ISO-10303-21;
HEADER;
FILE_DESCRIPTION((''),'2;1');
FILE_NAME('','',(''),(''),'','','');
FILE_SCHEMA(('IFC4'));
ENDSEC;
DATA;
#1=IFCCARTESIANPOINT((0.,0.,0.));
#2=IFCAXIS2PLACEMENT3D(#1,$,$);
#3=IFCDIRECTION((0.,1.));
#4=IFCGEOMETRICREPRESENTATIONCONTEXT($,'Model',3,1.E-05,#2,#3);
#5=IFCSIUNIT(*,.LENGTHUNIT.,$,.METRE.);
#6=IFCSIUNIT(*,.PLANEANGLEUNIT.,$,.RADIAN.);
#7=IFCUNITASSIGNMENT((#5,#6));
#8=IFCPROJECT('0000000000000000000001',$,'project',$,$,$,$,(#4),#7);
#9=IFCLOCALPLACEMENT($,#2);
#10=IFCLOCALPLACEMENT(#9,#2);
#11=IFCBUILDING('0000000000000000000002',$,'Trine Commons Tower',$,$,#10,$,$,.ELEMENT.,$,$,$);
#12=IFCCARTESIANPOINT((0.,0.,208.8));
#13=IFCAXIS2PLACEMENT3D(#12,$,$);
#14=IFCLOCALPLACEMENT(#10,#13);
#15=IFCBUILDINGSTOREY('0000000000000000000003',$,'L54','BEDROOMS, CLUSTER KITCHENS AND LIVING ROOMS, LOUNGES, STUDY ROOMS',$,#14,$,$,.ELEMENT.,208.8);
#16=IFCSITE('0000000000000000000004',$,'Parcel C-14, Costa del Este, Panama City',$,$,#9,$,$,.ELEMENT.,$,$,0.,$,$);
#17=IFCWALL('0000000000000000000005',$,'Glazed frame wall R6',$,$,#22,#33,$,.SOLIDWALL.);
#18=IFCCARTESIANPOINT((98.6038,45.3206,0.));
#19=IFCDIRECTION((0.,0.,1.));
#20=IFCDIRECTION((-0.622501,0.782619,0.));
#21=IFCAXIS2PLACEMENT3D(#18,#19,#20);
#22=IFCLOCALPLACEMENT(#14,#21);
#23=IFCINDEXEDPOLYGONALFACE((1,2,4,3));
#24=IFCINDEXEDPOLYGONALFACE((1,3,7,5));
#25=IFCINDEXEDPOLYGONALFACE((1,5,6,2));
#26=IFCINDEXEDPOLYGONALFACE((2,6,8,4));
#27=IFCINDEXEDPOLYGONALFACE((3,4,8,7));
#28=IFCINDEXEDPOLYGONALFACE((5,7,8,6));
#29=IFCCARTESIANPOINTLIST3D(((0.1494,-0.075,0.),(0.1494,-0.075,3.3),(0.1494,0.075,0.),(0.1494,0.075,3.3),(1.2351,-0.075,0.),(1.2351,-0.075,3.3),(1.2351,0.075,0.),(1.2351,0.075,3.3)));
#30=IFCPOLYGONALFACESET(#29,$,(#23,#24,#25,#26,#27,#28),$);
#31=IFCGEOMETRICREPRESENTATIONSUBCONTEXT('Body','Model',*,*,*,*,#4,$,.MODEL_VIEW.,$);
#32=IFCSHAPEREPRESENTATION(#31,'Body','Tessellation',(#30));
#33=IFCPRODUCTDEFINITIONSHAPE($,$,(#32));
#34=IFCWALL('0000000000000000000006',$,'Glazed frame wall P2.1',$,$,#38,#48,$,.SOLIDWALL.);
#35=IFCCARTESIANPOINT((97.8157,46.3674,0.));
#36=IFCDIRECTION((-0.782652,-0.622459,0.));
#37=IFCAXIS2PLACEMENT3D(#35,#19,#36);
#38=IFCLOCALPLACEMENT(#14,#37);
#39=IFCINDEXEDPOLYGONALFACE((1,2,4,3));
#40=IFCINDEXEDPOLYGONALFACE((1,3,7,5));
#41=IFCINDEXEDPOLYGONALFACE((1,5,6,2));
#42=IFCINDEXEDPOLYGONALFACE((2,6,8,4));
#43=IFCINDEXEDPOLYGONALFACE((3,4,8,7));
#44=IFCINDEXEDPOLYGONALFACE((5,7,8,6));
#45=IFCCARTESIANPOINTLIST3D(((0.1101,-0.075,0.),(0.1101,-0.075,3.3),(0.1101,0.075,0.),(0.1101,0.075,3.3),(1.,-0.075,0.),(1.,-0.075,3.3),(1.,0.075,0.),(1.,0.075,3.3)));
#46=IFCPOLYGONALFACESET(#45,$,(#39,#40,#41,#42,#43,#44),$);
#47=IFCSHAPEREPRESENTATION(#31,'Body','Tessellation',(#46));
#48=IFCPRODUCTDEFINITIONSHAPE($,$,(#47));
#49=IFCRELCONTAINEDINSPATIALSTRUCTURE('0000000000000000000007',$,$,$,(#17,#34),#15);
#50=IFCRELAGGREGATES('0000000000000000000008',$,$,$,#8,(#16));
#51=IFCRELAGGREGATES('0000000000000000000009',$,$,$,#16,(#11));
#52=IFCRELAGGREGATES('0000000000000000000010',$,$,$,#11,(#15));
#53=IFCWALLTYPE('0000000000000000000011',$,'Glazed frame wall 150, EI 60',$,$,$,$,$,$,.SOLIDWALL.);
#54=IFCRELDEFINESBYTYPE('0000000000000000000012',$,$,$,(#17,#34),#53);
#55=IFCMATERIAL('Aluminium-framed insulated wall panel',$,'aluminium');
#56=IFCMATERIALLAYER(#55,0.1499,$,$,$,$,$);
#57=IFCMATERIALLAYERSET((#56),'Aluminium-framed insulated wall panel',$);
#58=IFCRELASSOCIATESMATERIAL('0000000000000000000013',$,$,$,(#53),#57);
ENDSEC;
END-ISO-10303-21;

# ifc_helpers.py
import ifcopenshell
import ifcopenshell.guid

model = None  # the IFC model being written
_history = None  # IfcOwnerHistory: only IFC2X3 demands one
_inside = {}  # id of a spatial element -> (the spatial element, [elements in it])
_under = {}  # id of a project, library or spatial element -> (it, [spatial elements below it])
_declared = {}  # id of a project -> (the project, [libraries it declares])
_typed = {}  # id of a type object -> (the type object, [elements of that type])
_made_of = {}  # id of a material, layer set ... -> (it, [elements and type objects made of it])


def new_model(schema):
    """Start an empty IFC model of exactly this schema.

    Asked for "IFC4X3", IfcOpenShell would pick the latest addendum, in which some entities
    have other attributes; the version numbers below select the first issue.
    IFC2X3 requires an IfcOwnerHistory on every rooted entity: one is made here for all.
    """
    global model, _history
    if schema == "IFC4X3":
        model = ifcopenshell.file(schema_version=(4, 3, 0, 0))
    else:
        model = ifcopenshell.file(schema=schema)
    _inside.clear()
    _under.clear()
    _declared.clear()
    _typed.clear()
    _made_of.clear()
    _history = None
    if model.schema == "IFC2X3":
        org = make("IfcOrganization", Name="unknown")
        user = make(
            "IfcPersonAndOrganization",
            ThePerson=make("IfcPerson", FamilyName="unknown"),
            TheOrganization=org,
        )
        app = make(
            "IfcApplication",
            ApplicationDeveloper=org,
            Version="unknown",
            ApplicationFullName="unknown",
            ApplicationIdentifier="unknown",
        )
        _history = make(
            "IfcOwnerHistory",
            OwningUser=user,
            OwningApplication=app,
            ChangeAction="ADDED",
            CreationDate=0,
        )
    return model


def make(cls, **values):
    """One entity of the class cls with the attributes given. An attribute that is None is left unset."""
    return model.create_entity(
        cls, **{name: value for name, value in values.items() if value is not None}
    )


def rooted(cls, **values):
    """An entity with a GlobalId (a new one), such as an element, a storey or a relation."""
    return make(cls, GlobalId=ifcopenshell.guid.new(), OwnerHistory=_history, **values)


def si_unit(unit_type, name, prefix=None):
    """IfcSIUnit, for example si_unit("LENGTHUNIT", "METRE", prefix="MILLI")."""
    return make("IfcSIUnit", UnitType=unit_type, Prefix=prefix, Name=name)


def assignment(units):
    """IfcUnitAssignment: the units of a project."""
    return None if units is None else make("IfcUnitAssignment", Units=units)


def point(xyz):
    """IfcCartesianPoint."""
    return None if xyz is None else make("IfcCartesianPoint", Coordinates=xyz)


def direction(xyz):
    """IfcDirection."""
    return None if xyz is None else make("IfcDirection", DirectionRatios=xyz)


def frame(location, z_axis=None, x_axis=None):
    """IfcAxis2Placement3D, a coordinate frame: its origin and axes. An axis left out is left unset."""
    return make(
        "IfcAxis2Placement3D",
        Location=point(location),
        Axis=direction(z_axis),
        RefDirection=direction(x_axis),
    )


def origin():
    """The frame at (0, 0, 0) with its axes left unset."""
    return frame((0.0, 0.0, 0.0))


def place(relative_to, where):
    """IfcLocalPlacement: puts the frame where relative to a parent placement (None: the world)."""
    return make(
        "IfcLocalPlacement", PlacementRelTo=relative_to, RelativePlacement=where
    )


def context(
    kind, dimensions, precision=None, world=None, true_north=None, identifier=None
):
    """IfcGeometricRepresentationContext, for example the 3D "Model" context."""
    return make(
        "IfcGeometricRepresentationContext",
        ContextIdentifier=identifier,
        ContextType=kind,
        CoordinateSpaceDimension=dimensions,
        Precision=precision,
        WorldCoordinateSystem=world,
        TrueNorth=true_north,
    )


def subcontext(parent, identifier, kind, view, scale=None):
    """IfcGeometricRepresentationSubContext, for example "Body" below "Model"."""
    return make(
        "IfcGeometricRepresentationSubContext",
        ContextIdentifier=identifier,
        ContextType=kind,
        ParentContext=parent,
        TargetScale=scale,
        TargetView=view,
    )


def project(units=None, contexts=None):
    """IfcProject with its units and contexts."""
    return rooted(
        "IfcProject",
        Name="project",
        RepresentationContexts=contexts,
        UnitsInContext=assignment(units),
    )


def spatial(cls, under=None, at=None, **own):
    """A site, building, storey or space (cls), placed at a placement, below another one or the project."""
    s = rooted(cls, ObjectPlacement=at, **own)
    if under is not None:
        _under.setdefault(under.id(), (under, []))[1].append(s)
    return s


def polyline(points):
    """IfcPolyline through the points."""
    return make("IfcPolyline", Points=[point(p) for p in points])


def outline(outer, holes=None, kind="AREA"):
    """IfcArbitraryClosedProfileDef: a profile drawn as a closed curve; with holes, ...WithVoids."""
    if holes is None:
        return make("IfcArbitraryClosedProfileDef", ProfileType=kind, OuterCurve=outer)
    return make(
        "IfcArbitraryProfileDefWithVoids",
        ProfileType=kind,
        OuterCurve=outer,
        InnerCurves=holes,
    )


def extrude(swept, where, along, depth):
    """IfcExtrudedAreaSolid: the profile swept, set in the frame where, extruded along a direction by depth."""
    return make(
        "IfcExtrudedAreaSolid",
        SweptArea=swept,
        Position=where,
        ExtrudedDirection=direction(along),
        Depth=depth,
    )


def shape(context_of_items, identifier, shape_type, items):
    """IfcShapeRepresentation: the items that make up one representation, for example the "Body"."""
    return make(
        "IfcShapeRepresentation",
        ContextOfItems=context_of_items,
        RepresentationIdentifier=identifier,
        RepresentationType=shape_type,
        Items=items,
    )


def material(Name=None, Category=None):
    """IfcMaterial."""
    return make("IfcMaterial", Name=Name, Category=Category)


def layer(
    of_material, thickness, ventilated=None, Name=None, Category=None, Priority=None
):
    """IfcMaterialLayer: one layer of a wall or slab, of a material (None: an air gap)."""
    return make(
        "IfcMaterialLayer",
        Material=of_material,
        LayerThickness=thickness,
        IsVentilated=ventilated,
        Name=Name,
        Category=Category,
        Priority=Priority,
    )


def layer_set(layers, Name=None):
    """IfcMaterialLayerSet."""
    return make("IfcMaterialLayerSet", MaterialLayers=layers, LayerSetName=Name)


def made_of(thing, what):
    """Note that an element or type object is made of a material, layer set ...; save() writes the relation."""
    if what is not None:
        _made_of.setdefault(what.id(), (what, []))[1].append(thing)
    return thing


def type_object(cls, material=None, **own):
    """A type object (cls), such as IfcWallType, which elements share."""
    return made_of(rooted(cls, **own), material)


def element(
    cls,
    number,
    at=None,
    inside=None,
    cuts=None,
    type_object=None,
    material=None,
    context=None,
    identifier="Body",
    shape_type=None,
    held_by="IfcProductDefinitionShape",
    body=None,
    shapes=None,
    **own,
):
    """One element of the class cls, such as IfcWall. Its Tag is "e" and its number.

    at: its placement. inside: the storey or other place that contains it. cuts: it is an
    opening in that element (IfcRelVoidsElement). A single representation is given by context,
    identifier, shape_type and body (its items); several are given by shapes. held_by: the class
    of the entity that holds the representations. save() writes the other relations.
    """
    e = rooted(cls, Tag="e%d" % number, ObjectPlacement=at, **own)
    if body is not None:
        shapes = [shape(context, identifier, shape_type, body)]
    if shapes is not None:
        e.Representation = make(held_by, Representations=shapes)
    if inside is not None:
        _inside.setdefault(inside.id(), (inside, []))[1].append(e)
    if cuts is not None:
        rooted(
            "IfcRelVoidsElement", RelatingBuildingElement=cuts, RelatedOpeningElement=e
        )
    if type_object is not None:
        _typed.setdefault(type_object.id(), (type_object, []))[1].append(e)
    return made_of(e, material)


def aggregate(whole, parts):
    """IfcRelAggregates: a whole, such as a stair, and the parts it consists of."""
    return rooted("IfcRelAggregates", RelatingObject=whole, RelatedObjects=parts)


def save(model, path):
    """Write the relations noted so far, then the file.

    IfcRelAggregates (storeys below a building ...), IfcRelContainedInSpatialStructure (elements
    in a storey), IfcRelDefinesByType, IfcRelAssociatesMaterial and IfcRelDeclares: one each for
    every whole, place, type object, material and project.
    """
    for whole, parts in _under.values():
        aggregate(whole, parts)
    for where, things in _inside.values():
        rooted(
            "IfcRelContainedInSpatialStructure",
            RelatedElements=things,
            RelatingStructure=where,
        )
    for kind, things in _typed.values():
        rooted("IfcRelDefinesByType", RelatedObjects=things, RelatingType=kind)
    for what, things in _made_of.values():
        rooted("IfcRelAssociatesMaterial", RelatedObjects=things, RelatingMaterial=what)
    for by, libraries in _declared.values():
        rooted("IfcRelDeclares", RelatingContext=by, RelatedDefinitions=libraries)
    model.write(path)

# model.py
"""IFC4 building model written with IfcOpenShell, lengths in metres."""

from ifc_helpers import new_model, si_unit, direction, frame, origin, place, context, subcontext, project, spatial, polyline, outline, extrude, material, layer, layer_set, type_object, element, save


model = new_model("IFC4")

# Units and contexts
model_context = context("Model", 3, precision=1e-05, world=origin(), true_north=direction((0.0, 1.0)))
body_context = subcontext(model_context, "Body", "Model", "MODEL_VIEW")
ifc_project = project(units=[si_unit("LENGTHUNIT", "METRE"), si_unit("PLANEANGLEUNIT", "RADIAN")], contexts=[model_context])

# Site, building, storey
site_placement = place(None, origin())
site = spatial("IfcSite", under=ifc_project, at=site_placement, Name="Parcel C-14, Costa del Este, Panama City", CompositionType="ELEMENT", RefElevation=0.0)
building_placement = place(site_placement, origin())
building = spatial("IfcBuilding", under=site, at=building_placement, Name="Trine Commons Tower", CompositionType="ELEMENT")
storey_placement = place(building_placement, frame((0.0, 0.0, 208.8)))
storey = spatial("IfcBuildingStorey", under=building, at=storey_placement, Name="L54", Description="BEDROOMS, CLUSTER KITCHENS AND LIVING ROOMS, LOUNGES, STUDY ROOMS", CompositionType="ELEMENT", Elevation=208.8)

# Walls
ifc_material_1 = material(Name="Aluminium-framed insulated wall panel", Category="aluminium")
ifc_layer_1 = layer(ifc_material_1, 0.1499)
ifc_layer_set_1 = layer_set([ifc_layer_1], Name="Aluminium-framed insulated wall panel")
wall_type_1 = type_object("IfcWallType", Name="Glazed frame wall 150, EI 60", PredefinedType="SOLIDWALL", material=ifc_layer_set_1)
wall_1_placement = place(storey_placement, frame((98.6038, 45.3206, 0.0), z_axis=(0.0, 0.0, 1.0), x_axis=(-0.622501, 0.782619, 0.0)))
element("IfcWall", 1, at=wall_1_placement, inside=storey, type_object=wall_type_1, Name="Glazed frame wall R6", PredefinedType="SOLIDWALL", context=body_context, shape_type="SweptSolid", body=[
    extrude(outline(polyline([(0.1494, 0.075), (0.1494, -0.075), (1.2351, -0.075), (1.2351, 0.075), (0.1494, 0.075)])), origin(), (0.0, 0.0, 1.0), 3.3),
])
wall_2_placement = place(storey_placement, frame((97.8157, 46.3674, 0.0), z_axis=(0.0, 0.0, 1.0), x_axis=(-0.782652, -0.622459, 0.0)))
element("IfcWall", 2, at=wall_2_placement, inside=storey, type_object=wall_type_1, Name="Glazed frame wall P2.1", PredefinedType="SOLIDWALL", context=body_context, shape_type="SweptSolid", body=[
    extrude(outline(polyline([(0.1101, -0.075), (1.0, -0.075), (1.0, 0.075), (0.1101, 0.075), (0.1101, -0.075)])), origin(), (0.0, 0.0, 1.0), 3.3),
])

save(model, "model.ifc")
